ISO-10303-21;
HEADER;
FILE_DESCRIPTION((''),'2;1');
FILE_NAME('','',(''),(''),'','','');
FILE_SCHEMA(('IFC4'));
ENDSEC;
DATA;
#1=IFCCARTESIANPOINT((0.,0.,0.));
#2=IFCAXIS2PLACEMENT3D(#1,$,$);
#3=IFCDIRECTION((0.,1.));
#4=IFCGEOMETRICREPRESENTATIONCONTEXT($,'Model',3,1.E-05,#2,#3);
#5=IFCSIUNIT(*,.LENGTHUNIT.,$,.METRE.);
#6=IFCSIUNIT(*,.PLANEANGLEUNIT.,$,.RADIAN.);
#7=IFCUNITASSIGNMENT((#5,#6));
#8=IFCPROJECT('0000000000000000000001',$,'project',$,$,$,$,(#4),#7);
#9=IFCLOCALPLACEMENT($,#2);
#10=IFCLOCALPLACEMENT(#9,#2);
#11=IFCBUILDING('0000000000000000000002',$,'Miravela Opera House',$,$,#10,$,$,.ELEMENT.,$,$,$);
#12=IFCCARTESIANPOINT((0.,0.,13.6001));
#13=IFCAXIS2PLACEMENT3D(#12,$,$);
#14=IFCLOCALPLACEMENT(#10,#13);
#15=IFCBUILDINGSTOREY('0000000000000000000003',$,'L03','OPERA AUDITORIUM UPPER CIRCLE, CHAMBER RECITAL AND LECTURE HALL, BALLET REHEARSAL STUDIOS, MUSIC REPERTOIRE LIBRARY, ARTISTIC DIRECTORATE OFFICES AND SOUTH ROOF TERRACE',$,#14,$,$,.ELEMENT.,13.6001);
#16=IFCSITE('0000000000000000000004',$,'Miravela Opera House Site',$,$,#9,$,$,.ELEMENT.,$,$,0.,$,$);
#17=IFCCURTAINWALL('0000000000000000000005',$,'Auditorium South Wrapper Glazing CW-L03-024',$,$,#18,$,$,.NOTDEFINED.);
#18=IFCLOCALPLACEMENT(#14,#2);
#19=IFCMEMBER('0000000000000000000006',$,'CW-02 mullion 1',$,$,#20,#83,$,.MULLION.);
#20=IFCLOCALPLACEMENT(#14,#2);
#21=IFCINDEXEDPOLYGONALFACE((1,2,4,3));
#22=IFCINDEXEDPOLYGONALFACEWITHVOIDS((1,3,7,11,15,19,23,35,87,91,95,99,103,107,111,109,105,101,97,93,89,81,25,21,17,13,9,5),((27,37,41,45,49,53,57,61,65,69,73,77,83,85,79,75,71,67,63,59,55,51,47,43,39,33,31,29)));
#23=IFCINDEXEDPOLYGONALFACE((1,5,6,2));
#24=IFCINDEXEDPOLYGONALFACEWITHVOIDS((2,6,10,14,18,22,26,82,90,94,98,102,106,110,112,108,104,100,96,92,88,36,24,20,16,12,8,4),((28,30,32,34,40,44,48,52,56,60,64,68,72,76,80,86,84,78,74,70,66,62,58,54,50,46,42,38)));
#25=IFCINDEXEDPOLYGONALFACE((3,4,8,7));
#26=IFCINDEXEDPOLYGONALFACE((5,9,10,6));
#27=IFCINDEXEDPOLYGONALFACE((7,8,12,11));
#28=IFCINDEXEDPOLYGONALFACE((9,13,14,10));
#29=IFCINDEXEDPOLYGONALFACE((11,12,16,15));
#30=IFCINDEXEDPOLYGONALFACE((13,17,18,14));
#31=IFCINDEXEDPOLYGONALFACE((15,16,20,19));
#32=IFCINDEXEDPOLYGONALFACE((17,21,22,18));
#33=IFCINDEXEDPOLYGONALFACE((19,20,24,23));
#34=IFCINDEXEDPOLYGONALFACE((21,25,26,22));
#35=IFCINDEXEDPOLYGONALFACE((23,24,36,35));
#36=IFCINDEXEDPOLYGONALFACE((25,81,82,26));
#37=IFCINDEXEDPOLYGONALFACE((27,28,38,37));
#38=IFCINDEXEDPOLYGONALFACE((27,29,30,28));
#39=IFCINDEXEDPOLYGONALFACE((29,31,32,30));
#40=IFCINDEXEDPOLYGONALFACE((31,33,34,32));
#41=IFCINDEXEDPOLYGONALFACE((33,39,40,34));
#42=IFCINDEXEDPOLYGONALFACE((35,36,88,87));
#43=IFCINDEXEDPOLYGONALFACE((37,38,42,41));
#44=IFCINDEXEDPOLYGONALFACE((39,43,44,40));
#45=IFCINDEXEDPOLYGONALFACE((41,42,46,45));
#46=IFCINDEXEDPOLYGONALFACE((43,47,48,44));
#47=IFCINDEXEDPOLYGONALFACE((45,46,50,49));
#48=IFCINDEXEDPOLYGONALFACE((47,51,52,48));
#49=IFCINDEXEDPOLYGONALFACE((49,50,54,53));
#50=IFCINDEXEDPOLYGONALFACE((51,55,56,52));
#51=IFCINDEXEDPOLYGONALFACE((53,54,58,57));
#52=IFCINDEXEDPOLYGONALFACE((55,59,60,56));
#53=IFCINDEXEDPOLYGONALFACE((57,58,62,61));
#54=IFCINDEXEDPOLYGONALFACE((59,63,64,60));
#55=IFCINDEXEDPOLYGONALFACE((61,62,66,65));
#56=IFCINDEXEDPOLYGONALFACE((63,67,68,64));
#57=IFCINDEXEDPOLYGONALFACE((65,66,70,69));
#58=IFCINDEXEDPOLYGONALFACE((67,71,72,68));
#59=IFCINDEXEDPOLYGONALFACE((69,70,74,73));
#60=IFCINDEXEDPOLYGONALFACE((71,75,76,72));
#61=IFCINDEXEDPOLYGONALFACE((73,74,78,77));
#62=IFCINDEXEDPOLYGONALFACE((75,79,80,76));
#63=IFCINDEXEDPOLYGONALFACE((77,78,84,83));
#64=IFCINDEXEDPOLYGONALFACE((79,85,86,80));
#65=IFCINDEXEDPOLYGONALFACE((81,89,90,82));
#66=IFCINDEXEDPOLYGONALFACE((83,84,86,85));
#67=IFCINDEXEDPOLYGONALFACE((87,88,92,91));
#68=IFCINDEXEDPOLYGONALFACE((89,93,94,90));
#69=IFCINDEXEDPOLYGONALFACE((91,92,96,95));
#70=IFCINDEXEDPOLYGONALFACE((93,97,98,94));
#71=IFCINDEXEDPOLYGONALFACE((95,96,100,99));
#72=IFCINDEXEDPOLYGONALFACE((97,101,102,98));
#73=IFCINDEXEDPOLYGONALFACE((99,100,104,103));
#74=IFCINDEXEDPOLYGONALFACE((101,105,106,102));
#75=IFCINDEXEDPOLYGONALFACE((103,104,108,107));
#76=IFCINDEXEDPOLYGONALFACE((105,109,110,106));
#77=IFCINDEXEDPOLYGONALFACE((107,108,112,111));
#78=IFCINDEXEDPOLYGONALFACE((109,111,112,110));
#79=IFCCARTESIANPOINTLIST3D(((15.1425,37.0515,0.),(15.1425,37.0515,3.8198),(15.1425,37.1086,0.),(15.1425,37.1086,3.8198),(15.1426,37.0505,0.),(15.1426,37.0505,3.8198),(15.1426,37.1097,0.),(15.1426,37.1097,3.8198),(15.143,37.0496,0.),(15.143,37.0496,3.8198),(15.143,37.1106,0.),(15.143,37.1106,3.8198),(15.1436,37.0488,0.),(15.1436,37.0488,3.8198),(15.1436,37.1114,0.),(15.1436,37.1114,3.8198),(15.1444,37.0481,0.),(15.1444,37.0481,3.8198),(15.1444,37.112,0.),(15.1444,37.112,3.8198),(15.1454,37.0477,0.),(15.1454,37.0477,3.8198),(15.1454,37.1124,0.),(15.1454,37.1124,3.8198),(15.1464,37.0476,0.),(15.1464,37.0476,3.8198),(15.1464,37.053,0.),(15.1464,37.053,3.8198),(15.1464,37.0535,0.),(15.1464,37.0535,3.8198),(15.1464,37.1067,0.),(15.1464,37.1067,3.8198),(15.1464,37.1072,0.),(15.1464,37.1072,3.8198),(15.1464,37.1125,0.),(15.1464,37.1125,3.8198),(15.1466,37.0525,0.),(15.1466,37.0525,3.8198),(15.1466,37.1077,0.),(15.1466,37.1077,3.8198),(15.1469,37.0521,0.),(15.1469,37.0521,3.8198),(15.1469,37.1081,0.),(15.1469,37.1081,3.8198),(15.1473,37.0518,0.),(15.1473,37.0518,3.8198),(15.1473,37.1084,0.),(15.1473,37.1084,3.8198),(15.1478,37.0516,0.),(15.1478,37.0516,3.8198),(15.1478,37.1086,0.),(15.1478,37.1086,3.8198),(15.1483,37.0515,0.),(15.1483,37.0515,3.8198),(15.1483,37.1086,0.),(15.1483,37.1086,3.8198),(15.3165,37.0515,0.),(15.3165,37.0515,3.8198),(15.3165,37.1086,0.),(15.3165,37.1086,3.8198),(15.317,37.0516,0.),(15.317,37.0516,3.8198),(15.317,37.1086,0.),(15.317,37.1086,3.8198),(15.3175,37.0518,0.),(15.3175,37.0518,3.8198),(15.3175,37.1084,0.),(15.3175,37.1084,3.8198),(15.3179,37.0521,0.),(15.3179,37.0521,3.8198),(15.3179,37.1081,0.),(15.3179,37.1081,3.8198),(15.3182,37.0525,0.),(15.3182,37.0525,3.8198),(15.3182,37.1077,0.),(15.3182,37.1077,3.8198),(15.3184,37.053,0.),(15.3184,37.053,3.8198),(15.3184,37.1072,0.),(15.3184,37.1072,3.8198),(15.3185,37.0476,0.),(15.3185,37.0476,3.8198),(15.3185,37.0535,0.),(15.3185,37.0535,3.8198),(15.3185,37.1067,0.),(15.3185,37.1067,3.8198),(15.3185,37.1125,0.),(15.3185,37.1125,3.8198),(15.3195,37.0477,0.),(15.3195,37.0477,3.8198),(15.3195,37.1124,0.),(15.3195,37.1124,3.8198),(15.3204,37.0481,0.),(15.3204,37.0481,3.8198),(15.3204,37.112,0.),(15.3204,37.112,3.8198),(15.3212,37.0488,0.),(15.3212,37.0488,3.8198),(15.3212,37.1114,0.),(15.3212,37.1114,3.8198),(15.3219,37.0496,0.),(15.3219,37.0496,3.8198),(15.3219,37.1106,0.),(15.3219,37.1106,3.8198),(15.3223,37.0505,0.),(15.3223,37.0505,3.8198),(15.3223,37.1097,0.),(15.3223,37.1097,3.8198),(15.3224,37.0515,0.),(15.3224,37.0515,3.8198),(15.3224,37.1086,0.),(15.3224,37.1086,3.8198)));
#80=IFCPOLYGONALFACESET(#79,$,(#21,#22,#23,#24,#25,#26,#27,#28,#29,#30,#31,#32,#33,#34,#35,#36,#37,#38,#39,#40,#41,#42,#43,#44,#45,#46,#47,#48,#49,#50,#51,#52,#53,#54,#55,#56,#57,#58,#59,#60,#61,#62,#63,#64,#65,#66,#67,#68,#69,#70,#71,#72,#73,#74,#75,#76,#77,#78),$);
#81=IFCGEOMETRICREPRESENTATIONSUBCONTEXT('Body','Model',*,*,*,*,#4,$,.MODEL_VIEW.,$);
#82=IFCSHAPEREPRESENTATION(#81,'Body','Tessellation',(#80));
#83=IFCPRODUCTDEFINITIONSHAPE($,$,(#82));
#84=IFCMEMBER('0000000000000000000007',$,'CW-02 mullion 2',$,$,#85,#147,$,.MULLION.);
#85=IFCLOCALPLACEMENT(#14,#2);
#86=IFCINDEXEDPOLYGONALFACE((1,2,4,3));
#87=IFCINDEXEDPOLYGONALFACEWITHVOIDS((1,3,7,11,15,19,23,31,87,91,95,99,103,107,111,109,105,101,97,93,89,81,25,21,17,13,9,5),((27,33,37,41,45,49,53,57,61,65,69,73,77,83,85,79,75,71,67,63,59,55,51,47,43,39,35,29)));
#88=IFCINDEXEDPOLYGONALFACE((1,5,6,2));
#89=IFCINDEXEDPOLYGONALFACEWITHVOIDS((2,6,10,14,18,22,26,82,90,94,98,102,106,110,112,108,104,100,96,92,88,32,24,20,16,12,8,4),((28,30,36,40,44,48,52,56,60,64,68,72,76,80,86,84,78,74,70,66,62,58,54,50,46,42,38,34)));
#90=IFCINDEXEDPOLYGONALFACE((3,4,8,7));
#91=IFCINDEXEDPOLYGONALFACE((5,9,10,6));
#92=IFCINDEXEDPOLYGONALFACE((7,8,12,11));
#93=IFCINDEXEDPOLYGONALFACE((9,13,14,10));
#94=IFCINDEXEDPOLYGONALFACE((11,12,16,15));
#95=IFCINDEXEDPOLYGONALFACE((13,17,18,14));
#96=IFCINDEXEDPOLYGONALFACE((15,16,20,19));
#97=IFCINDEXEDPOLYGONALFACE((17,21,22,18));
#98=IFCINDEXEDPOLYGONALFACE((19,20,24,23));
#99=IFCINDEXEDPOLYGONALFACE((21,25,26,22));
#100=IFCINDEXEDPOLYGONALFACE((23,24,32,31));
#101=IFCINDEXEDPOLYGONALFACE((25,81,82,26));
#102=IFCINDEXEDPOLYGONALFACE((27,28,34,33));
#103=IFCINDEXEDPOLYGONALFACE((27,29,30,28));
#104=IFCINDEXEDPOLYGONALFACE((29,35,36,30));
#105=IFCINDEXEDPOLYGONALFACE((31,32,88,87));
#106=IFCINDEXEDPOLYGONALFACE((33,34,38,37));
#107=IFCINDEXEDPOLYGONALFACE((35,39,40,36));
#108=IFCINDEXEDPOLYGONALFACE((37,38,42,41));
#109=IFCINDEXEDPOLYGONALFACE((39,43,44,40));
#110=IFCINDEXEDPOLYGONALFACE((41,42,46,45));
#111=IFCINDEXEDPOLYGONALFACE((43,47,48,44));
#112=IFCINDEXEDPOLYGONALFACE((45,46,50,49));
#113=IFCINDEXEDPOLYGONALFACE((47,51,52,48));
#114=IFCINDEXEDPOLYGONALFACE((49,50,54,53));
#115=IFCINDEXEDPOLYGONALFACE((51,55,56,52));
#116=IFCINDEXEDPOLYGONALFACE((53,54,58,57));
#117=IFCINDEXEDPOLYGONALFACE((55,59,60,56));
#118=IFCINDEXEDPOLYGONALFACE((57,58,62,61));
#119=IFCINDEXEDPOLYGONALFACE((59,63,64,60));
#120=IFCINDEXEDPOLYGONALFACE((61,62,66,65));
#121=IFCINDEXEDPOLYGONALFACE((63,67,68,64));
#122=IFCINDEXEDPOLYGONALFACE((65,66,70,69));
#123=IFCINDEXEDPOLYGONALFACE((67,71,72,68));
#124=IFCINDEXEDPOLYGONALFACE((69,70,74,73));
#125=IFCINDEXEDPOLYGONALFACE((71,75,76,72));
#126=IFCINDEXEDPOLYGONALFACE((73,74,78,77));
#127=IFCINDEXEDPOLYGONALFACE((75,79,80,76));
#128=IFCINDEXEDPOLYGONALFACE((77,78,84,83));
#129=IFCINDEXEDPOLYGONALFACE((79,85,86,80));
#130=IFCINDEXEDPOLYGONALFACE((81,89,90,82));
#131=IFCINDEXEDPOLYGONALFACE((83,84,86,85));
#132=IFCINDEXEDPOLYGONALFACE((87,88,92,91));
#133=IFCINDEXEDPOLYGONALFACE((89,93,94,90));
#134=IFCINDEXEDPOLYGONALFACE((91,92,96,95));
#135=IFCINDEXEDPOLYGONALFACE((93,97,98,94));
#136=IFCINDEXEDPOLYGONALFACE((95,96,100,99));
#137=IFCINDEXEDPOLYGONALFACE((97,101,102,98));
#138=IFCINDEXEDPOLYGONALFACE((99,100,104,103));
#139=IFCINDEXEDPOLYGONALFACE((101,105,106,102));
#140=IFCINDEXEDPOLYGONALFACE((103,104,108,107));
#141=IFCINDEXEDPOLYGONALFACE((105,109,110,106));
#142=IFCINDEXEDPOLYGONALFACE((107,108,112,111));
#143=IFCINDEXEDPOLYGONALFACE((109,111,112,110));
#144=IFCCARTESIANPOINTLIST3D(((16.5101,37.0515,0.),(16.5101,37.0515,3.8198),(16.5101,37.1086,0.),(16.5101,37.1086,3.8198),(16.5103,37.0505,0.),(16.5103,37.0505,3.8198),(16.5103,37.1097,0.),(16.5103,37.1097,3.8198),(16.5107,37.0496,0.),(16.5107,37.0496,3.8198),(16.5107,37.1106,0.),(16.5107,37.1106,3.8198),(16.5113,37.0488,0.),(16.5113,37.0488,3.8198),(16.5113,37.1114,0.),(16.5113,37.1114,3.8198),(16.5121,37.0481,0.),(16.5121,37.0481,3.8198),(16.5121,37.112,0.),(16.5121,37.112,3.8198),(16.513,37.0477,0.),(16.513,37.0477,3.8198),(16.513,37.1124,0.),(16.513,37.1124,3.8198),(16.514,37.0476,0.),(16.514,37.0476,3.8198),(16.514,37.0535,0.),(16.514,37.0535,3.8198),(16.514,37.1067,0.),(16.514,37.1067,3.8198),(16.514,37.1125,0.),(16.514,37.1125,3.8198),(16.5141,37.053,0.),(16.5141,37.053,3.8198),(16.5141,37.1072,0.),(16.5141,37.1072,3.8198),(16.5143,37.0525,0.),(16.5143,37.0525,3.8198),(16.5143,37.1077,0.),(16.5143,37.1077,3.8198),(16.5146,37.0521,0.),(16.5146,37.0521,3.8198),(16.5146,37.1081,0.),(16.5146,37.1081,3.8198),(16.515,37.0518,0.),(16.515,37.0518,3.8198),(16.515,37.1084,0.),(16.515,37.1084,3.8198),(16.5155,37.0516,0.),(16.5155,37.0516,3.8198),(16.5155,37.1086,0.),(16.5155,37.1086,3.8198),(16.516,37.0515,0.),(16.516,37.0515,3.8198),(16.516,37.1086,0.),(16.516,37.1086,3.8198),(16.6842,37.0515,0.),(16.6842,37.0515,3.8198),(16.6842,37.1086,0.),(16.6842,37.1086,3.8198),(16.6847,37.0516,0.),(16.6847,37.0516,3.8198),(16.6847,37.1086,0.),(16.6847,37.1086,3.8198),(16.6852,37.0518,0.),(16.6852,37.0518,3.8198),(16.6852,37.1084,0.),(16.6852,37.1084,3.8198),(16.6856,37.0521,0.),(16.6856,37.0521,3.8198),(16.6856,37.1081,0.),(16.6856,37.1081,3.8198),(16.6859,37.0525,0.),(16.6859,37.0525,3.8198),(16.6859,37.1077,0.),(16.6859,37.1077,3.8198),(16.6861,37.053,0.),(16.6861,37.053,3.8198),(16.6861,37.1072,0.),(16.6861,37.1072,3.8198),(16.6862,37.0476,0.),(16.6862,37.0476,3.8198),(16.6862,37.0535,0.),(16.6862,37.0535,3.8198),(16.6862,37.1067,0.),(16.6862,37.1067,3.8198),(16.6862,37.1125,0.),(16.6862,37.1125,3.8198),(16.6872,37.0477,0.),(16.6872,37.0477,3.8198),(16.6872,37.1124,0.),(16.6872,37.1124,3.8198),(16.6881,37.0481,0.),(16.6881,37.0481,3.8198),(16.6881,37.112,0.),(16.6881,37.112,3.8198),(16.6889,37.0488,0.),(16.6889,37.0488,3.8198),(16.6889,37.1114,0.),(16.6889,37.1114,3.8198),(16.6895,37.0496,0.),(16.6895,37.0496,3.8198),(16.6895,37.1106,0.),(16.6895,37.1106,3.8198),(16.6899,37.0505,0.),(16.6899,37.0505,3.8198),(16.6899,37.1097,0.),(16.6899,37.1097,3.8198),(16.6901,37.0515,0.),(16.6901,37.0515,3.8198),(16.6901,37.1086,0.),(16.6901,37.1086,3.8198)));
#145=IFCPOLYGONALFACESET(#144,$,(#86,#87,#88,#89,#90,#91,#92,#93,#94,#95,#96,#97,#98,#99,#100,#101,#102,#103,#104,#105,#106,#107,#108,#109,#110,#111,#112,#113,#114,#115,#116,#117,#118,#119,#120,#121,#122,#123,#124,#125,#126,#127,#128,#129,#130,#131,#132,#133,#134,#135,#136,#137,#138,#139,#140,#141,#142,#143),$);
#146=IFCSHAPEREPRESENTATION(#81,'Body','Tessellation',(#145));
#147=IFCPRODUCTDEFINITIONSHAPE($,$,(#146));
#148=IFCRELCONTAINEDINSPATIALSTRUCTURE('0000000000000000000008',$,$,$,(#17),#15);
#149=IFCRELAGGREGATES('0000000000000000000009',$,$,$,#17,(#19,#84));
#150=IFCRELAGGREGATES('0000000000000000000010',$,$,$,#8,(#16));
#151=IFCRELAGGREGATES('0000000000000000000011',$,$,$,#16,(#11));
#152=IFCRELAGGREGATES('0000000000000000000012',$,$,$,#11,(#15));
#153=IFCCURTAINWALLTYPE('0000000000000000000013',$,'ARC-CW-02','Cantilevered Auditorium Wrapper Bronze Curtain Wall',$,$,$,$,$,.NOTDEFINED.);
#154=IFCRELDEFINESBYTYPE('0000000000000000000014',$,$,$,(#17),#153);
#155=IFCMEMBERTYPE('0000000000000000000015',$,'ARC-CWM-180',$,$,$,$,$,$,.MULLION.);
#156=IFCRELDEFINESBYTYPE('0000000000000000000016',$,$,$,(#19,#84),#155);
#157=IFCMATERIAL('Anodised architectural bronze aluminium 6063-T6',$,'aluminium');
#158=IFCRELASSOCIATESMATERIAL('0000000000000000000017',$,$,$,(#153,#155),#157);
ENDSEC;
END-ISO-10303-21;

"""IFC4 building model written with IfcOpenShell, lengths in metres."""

from ifc_helpers import new_model, si_unit, direction, frame, origin, origin_2d, place, context, subcontext, project, spatial, hollow_rectangle, extrude, material, material_profile, profile_set, type_object, element, aggregate, save


model = new_model("IFC4")

# Units and contexts
model_context = context("Model", 3, precision=1e-05, world=origin(), true_north=direction((0.0, 1.0)))
body_context = subcontext(model_context, "Body", "Model", "MODEL_VIEW")
ifc_project = project(units=[si_unit("LENGTHUNIT", "METRE"), si_unit("PLANEANGLEUNIT", "RADIAN")], contexts=[model_context])

# Site, building, storey
site_placement = place(None, origin())
site = spatial("IfcSite", under=ifc_project, at=site_placement, Name="Miravela Opera House Site", CompositionType="ELEMENT", RefElevation=0.0)
building_placement = place(site_placement, origin())
building = spatial("IfcBuilding", under=site, at=building_placement, Name="Miravela Opera House", CompositionType="ELEMENT")
storey_placement = place(building_placement, frame((0.0, 0.0, 13.6001)))
storey = spatial("IfcBuildingStorey", under=building, at=storey_placement, Name="L03", Description="OPERA AUDITORIUM UPPER CIRCLE, CHAMBER RECITAL AND LECTURE HALL, BALLET REHEARSAL STUDIOS, MUSIC REPERTOIRE LIBRARY, ARTISTIC DIRECTORATE OFFICES AND SOUTH ROOF TERRACE", CompositionType="ELEMENT", Elevation=13.6001)

# Curtain wall, members
ifc_material_1 = material(Name="Anodised architectural bronze aluminium 6063-T6", Category="aluminium")
curtain_wall_type = type_object("IfcCurtainWallType", Name="ARC-CW-02", Description="Cantilevered Auditorium Wrapper Bronze Curtain Wall", PredefinedType="NOTDEFINED", material=ifc_material_1)
curtain_wall_1_placement = place(storey_placement, origin())
curtain_wall_1 = element("IfcCurtainWall", 1, at=curtain_wall_1_placement, inside=storey, type_object=curtain_wall_type, Name="Auditorium South Wrapper Glazing CW-L03-024", PredefinedType="NOTDEFINED")
ifc_material_profile_1 = material_profile(ifc_material_1, hollow_rectangle(XDim=0.0649, YDim=0.1799, WallThickness=0.0039, InnerFilletRadius=0.002, OuterFilletRadius=0.0039, at=origin_2d()), Name="CWM-65X180")
ifc_profile_set_1 = profile_set([ifc_material_profile_1])
member_type_1 = type_object("IfcMemberType", Name="ARC-CWM-180", PredefinedType="MULLION", material=ifc_profile_set_1)
member_1_placement = place(storey_placement, frame((15.2324, 37.0801, 0.0), z_axis=(0.0, 0.0, 1.0), x_axis=(0.0, 1.0, 0.0)))
member_1 = element("IfcMember", 2, at=member_1_placement, type_object=member_type_1, Name="CW-02 mullion 1", PredefinedType="MULLION", context=body_context, shape_type="SweptSolid", body=[
    extrude(hollow_rectangle(XDim=0.0649, YDim=0.1799, WallThickness=0.0039, InnerFilletRadius=0.002, OuterFilletRadius=0.0039, at=origin_2d()), origin(), (0.0, 0.0, 1.0), 3.8198),
])
member_2_placement = place(storey_placement, frame((16.6001, 37.0801, 0.0), z_axis=(0.0, 0.0, 1.0), x_axis=(0.0, 1.0, 0.0)))
member_2 = element("IfcMember", 3, at=member_2_placement, type_object=member_type_1, Name="CW-02 mullion 2", PredefinedType="MULLION", context=body_context, shape_type="SweptSolid", body=[
    extrude(hollow_rectangle(XDim=0.0649, YDim=0.1799, WallThickness=0.0039, InnerFilletRadius=0.002, OuterFilletRadius=0.0039, at=origin_2d()), origin(), (0.0, 0.0, 1.0), 3.8198),
])

aggregate(curtain_wall_1, [member_1, member_2])

save(model, "model.ifc")
